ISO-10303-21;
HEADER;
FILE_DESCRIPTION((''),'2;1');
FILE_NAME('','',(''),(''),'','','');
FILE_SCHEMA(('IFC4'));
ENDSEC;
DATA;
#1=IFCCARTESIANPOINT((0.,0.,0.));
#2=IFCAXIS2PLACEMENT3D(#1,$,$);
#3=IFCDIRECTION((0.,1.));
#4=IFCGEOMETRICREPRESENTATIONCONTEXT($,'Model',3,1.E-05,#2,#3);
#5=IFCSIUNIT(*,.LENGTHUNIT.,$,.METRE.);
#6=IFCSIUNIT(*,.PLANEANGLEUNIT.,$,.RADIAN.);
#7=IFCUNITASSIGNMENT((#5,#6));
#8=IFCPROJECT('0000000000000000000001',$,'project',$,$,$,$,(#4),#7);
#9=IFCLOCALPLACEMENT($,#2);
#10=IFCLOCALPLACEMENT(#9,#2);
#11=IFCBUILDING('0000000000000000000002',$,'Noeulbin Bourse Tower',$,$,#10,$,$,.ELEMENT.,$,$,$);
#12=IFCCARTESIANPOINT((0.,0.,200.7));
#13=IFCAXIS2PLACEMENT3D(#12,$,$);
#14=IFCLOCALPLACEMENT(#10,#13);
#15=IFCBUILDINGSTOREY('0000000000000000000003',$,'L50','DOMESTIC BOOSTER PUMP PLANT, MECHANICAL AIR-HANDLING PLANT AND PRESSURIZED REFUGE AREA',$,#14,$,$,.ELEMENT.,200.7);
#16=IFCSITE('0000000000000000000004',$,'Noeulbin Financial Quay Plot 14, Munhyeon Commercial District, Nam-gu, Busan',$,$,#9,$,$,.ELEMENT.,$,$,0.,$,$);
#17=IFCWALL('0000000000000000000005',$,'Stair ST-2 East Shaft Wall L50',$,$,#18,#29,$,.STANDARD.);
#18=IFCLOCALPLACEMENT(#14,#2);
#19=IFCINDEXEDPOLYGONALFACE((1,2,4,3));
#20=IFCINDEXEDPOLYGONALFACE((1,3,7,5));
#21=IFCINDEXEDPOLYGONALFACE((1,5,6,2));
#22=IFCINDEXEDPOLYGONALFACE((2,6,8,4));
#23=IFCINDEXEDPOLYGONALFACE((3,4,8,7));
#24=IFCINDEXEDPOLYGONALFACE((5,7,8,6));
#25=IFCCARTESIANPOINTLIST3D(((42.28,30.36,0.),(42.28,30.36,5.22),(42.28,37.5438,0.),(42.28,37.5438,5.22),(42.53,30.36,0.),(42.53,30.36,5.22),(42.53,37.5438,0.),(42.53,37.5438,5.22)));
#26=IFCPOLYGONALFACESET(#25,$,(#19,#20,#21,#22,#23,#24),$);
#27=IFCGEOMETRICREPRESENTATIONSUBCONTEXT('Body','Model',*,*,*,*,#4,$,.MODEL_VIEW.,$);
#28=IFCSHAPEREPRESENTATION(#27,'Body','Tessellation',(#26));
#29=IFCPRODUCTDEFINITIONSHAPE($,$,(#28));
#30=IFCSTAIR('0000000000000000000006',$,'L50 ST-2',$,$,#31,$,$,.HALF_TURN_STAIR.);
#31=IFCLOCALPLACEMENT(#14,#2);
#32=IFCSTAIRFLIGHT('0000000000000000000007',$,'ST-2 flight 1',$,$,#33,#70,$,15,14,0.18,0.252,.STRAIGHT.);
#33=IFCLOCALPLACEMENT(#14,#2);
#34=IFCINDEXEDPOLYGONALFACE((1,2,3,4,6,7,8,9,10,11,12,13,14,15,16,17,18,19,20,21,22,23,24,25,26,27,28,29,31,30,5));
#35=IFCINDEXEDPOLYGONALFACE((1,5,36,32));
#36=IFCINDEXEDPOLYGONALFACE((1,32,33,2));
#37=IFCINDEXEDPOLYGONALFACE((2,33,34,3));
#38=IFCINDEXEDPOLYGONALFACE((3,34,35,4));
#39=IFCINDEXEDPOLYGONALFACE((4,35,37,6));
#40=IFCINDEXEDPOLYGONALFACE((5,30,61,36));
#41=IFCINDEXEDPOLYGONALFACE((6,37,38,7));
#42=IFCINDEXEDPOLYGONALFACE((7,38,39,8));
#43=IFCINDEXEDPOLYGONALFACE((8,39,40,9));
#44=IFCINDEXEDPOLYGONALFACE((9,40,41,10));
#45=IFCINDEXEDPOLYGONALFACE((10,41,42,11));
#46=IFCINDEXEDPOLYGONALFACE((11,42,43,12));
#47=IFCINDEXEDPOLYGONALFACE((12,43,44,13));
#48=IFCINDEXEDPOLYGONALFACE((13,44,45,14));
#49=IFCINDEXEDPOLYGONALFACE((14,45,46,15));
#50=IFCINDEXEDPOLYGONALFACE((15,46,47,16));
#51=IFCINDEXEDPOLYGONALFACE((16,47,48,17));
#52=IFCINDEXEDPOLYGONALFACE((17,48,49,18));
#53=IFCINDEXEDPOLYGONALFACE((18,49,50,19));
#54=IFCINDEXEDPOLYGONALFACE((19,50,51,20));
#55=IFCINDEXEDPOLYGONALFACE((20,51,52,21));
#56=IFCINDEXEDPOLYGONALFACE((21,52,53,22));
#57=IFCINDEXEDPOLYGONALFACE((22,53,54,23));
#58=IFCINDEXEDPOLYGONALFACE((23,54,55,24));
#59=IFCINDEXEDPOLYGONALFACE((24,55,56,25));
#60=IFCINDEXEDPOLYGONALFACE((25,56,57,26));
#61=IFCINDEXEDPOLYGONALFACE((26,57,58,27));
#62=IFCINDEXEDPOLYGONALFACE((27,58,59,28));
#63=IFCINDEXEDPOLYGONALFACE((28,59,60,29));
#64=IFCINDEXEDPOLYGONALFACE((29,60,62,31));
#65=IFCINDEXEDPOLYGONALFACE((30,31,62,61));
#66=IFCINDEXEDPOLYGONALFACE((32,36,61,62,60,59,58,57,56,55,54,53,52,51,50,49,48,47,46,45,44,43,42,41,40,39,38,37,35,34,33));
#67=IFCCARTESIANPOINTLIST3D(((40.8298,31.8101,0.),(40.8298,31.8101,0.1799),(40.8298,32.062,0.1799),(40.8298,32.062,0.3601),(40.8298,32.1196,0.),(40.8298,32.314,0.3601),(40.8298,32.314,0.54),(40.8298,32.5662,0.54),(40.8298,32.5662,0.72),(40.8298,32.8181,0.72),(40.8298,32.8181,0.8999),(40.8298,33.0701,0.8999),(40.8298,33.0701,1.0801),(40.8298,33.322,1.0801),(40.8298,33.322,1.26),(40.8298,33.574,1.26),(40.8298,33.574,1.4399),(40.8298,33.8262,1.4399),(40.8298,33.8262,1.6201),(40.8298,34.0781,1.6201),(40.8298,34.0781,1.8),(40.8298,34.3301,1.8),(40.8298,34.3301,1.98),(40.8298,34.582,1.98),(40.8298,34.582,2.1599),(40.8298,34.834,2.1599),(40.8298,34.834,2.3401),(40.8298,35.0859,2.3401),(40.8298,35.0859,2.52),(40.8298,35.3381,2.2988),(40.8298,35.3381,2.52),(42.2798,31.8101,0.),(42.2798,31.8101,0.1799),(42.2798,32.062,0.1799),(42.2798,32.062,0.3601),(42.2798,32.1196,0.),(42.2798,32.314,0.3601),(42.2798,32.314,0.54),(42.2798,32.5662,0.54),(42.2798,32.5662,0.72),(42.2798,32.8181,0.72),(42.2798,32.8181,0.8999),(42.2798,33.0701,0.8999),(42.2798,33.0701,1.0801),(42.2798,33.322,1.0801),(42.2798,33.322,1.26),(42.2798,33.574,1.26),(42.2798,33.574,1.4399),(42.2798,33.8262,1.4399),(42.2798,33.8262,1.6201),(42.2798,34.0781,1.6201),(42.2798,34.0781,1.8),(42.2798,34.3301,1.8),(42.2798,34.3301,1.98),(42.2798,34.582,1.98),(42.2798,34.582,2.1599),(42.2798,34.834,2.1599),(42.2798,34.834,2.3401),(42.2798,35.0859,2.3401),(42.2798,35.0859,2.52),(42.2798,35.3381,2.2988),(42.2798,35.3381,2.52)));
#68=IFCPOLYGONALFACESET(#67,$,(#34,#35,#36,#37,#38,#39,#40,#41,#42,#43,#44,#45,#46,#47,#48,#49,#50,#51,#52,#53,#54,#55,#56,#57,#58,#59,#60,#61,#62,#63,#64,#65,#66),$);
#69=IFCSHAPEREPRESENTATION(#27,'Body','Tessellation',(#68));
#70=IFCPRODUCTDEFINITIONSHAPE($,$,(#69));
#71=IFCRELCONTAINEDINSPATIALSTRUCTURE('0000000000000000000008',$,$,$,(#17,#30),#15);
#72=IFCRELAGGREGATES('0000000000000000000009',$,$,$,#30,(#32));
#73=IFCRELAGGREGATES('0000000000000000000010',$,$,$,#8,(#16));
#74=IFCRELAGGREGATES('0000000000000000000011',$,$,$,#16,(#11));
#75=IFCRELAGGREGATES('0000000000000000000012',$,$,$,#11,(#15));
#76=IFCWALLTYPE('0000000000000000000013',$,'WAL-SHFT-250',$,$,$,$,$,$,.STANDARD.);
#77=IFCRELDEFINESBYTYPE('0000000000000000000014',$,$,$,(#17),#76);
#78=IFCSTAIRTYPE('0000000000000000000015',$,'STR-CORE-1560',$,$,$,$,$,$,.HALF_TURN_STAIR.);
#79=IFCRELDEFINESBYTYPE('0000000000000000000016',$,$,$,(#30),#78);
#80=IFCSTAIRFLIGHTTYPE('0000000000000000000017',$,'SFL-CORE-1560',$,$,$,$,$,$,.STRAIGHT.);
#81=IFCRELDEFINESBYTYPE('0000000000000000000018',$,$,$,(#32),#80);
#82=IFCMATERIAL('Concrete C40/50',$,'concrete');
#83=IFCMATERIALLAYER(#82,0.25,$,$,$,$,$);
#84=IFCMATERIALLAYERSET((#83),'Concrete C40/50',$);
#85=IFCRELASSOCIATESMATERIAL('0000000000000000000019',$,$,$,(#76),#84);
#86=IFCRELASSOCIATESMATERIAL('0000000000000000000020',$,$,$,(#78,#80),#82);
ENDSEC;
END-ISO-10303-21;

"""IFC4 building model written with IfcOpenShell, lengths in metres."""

from ifc_helpers import new_model, si_unit, direction, frame, frame_2d, origin, place, context, subcontext, project, spatial, polyline, rectangle, outline, extrude, material, layer, layer_set, type_object, element, aggregate, save


model = new_model("IFC4")

# Units and contexts
model_context = context("Model", 3, precision=1e-05, world=origin(), true_north=direction((0.0, 1.0)))
body_context = subcontext(model_context, "Body", "Model", "MODEL_VIEW")
ifc_project = project(units=[si_unit("LENGTHUNIT", "METRE"), si_unit("PLANEANGLEUNIT", "RADIAN")], contexts=[model_context])

# Site, building, storey
site_placement = place(None, origin())
site = spatial("IfcSite", under=ifc_project, at=site_placement, Name="Noeulbin Financial Quay Plot 14, Munhyeon Commercial District, Nam-gu, Busan", CompositionType="ELEMENT", RefElevation=0.0)
building_placement = place(site_placement, origin())
building = spatial("IfcBuilding", under=site, at=building_placement, Name="Noeulbin Bourse Tower", CompositionType="ELEMENT")
storey_placement = place(building_placement, frame((0.0, 0.0, 200.7)))
storey = spatial("IfcBuildingStorey", under=building, at=storey_placement, Name="L50", Description="DOMESTIC BOOSTER PUMP PLANT, MECHANICAL AIR-HANDLING PLANT AND PRESSURIZED REFUGE AREA", CompositionType="ELEMENT", Elevation=200.7)

# Wall
ifc_material_1 = material(Name="Concrete C40/50", Category="concrete")
ifc_layer_1 = layer(ifc_material_1, 0.25)
ifc_layer_set_1 = layer_set([ifc_layer_1], Name="Concrete C40/50")
wall_type_1 = type_object("IfcWallType", Name="WAL-SHFT-250", PredefinedType="STANDARD", material=ifc_layer_set_1)
wall_1_placement = place(storey_placement, frame((42.405, 30.3601, 0.0), z_axis=(0.0, 0.0, 1.0), x_axis=(0.0, 1.0, 0.0)))
element("IfcWall", 1, at=wall_1_placement, inside=storey, type_object=wall_type_1, Name="Stair ST-2 East Shaft Wall L50", PredefinedType="STANDARD", context=body_context, shape_type="SweptSolid", body=[
    extrude(rectangle(XDim=7.1838, YDim=0.25, at=frame_2d((3.5918, 0.0))), origin(), (0.0, 0.0, 1.0), 5.22),
])

# Stair, stair flight
stair_type = type_object("IfcStairType", Name="STR-CORE-1560", PredefinedType="HALF_TURN_STAIR", material=ifc_material_1)
stair_placement = place(storey_placement, origin())
stair = element("IfcStair", 2, at=stair_placement, inside=storey, type_object=stair_type, Name="L50 ST-2", PredefinedType="HALF_TURN_STAIR")
stair_flight_type = type_object("IfcStairFlightType", Name="SFL-CORE-1560", PredefinedType="STRAIGHT", material=ifc_material_1)
stair_flight_placement = place(storey_placement, frame((41.5549, 31.8101, 0.0), z_axis=(0.0, 0.0, 1.0), x_axis=(0.0, 1.0, 0.0)))
stair_flight = element("IfcStairFlight", 3, at=stair_flight_placement, type_object=stair_flight_type, Name="ST-2 flight 1", NumberOfRisers=15, NumberOfTreads=14, PredefinedType="STRAIGHT", RiserHeight=0.18, TreadLength=0.252, context=body_context, shape_type="SweptSolid", body=[
    extrude(outline(polyline([(0.0, 0.0), (0.0, 0.1799), (0.252, 0.1799), (0.252, 0.3601), (0.5039, 0.3601), (0.5039, 0.54), (0.7561, 0.54), (0.7561, 0.72), (1.0081, 0.72), (1.0081, 0.8999), (1.26, 0.8999), (1.26, 1.0801), (1.512, 1.0801), (1.512, 1.26), (1.7639, 1.26), (1.7639, 1.4399), (2.0161, 1.4399), (2.0161, 1.6201), (2.2681, 1.6201), (2.2681, 1.8), (2.52, 1.8), (2.52, 1.98), (2.772, 1.98), (2.772, 2.1599), (3.0239, 2.1599), (3.0239, 2.3401), (3.2759, 2.3401), (3.2759, 2.52), (3.5281, 2.52), (3.5281, 2.7), (3.5281, 2.2988), (0.3096, 0.0), (0.0, 0.0)])), frame((0.0, 0.7251, 0.0), z_axis=(0.0, -1.0, 0.0), x_axis=(1.0, 0.0, 0.0)), (0.0, 0.0, 1.0), 1.45),
])
aggregate(stair, [stair_flight])

save(model, "model.ifc")
